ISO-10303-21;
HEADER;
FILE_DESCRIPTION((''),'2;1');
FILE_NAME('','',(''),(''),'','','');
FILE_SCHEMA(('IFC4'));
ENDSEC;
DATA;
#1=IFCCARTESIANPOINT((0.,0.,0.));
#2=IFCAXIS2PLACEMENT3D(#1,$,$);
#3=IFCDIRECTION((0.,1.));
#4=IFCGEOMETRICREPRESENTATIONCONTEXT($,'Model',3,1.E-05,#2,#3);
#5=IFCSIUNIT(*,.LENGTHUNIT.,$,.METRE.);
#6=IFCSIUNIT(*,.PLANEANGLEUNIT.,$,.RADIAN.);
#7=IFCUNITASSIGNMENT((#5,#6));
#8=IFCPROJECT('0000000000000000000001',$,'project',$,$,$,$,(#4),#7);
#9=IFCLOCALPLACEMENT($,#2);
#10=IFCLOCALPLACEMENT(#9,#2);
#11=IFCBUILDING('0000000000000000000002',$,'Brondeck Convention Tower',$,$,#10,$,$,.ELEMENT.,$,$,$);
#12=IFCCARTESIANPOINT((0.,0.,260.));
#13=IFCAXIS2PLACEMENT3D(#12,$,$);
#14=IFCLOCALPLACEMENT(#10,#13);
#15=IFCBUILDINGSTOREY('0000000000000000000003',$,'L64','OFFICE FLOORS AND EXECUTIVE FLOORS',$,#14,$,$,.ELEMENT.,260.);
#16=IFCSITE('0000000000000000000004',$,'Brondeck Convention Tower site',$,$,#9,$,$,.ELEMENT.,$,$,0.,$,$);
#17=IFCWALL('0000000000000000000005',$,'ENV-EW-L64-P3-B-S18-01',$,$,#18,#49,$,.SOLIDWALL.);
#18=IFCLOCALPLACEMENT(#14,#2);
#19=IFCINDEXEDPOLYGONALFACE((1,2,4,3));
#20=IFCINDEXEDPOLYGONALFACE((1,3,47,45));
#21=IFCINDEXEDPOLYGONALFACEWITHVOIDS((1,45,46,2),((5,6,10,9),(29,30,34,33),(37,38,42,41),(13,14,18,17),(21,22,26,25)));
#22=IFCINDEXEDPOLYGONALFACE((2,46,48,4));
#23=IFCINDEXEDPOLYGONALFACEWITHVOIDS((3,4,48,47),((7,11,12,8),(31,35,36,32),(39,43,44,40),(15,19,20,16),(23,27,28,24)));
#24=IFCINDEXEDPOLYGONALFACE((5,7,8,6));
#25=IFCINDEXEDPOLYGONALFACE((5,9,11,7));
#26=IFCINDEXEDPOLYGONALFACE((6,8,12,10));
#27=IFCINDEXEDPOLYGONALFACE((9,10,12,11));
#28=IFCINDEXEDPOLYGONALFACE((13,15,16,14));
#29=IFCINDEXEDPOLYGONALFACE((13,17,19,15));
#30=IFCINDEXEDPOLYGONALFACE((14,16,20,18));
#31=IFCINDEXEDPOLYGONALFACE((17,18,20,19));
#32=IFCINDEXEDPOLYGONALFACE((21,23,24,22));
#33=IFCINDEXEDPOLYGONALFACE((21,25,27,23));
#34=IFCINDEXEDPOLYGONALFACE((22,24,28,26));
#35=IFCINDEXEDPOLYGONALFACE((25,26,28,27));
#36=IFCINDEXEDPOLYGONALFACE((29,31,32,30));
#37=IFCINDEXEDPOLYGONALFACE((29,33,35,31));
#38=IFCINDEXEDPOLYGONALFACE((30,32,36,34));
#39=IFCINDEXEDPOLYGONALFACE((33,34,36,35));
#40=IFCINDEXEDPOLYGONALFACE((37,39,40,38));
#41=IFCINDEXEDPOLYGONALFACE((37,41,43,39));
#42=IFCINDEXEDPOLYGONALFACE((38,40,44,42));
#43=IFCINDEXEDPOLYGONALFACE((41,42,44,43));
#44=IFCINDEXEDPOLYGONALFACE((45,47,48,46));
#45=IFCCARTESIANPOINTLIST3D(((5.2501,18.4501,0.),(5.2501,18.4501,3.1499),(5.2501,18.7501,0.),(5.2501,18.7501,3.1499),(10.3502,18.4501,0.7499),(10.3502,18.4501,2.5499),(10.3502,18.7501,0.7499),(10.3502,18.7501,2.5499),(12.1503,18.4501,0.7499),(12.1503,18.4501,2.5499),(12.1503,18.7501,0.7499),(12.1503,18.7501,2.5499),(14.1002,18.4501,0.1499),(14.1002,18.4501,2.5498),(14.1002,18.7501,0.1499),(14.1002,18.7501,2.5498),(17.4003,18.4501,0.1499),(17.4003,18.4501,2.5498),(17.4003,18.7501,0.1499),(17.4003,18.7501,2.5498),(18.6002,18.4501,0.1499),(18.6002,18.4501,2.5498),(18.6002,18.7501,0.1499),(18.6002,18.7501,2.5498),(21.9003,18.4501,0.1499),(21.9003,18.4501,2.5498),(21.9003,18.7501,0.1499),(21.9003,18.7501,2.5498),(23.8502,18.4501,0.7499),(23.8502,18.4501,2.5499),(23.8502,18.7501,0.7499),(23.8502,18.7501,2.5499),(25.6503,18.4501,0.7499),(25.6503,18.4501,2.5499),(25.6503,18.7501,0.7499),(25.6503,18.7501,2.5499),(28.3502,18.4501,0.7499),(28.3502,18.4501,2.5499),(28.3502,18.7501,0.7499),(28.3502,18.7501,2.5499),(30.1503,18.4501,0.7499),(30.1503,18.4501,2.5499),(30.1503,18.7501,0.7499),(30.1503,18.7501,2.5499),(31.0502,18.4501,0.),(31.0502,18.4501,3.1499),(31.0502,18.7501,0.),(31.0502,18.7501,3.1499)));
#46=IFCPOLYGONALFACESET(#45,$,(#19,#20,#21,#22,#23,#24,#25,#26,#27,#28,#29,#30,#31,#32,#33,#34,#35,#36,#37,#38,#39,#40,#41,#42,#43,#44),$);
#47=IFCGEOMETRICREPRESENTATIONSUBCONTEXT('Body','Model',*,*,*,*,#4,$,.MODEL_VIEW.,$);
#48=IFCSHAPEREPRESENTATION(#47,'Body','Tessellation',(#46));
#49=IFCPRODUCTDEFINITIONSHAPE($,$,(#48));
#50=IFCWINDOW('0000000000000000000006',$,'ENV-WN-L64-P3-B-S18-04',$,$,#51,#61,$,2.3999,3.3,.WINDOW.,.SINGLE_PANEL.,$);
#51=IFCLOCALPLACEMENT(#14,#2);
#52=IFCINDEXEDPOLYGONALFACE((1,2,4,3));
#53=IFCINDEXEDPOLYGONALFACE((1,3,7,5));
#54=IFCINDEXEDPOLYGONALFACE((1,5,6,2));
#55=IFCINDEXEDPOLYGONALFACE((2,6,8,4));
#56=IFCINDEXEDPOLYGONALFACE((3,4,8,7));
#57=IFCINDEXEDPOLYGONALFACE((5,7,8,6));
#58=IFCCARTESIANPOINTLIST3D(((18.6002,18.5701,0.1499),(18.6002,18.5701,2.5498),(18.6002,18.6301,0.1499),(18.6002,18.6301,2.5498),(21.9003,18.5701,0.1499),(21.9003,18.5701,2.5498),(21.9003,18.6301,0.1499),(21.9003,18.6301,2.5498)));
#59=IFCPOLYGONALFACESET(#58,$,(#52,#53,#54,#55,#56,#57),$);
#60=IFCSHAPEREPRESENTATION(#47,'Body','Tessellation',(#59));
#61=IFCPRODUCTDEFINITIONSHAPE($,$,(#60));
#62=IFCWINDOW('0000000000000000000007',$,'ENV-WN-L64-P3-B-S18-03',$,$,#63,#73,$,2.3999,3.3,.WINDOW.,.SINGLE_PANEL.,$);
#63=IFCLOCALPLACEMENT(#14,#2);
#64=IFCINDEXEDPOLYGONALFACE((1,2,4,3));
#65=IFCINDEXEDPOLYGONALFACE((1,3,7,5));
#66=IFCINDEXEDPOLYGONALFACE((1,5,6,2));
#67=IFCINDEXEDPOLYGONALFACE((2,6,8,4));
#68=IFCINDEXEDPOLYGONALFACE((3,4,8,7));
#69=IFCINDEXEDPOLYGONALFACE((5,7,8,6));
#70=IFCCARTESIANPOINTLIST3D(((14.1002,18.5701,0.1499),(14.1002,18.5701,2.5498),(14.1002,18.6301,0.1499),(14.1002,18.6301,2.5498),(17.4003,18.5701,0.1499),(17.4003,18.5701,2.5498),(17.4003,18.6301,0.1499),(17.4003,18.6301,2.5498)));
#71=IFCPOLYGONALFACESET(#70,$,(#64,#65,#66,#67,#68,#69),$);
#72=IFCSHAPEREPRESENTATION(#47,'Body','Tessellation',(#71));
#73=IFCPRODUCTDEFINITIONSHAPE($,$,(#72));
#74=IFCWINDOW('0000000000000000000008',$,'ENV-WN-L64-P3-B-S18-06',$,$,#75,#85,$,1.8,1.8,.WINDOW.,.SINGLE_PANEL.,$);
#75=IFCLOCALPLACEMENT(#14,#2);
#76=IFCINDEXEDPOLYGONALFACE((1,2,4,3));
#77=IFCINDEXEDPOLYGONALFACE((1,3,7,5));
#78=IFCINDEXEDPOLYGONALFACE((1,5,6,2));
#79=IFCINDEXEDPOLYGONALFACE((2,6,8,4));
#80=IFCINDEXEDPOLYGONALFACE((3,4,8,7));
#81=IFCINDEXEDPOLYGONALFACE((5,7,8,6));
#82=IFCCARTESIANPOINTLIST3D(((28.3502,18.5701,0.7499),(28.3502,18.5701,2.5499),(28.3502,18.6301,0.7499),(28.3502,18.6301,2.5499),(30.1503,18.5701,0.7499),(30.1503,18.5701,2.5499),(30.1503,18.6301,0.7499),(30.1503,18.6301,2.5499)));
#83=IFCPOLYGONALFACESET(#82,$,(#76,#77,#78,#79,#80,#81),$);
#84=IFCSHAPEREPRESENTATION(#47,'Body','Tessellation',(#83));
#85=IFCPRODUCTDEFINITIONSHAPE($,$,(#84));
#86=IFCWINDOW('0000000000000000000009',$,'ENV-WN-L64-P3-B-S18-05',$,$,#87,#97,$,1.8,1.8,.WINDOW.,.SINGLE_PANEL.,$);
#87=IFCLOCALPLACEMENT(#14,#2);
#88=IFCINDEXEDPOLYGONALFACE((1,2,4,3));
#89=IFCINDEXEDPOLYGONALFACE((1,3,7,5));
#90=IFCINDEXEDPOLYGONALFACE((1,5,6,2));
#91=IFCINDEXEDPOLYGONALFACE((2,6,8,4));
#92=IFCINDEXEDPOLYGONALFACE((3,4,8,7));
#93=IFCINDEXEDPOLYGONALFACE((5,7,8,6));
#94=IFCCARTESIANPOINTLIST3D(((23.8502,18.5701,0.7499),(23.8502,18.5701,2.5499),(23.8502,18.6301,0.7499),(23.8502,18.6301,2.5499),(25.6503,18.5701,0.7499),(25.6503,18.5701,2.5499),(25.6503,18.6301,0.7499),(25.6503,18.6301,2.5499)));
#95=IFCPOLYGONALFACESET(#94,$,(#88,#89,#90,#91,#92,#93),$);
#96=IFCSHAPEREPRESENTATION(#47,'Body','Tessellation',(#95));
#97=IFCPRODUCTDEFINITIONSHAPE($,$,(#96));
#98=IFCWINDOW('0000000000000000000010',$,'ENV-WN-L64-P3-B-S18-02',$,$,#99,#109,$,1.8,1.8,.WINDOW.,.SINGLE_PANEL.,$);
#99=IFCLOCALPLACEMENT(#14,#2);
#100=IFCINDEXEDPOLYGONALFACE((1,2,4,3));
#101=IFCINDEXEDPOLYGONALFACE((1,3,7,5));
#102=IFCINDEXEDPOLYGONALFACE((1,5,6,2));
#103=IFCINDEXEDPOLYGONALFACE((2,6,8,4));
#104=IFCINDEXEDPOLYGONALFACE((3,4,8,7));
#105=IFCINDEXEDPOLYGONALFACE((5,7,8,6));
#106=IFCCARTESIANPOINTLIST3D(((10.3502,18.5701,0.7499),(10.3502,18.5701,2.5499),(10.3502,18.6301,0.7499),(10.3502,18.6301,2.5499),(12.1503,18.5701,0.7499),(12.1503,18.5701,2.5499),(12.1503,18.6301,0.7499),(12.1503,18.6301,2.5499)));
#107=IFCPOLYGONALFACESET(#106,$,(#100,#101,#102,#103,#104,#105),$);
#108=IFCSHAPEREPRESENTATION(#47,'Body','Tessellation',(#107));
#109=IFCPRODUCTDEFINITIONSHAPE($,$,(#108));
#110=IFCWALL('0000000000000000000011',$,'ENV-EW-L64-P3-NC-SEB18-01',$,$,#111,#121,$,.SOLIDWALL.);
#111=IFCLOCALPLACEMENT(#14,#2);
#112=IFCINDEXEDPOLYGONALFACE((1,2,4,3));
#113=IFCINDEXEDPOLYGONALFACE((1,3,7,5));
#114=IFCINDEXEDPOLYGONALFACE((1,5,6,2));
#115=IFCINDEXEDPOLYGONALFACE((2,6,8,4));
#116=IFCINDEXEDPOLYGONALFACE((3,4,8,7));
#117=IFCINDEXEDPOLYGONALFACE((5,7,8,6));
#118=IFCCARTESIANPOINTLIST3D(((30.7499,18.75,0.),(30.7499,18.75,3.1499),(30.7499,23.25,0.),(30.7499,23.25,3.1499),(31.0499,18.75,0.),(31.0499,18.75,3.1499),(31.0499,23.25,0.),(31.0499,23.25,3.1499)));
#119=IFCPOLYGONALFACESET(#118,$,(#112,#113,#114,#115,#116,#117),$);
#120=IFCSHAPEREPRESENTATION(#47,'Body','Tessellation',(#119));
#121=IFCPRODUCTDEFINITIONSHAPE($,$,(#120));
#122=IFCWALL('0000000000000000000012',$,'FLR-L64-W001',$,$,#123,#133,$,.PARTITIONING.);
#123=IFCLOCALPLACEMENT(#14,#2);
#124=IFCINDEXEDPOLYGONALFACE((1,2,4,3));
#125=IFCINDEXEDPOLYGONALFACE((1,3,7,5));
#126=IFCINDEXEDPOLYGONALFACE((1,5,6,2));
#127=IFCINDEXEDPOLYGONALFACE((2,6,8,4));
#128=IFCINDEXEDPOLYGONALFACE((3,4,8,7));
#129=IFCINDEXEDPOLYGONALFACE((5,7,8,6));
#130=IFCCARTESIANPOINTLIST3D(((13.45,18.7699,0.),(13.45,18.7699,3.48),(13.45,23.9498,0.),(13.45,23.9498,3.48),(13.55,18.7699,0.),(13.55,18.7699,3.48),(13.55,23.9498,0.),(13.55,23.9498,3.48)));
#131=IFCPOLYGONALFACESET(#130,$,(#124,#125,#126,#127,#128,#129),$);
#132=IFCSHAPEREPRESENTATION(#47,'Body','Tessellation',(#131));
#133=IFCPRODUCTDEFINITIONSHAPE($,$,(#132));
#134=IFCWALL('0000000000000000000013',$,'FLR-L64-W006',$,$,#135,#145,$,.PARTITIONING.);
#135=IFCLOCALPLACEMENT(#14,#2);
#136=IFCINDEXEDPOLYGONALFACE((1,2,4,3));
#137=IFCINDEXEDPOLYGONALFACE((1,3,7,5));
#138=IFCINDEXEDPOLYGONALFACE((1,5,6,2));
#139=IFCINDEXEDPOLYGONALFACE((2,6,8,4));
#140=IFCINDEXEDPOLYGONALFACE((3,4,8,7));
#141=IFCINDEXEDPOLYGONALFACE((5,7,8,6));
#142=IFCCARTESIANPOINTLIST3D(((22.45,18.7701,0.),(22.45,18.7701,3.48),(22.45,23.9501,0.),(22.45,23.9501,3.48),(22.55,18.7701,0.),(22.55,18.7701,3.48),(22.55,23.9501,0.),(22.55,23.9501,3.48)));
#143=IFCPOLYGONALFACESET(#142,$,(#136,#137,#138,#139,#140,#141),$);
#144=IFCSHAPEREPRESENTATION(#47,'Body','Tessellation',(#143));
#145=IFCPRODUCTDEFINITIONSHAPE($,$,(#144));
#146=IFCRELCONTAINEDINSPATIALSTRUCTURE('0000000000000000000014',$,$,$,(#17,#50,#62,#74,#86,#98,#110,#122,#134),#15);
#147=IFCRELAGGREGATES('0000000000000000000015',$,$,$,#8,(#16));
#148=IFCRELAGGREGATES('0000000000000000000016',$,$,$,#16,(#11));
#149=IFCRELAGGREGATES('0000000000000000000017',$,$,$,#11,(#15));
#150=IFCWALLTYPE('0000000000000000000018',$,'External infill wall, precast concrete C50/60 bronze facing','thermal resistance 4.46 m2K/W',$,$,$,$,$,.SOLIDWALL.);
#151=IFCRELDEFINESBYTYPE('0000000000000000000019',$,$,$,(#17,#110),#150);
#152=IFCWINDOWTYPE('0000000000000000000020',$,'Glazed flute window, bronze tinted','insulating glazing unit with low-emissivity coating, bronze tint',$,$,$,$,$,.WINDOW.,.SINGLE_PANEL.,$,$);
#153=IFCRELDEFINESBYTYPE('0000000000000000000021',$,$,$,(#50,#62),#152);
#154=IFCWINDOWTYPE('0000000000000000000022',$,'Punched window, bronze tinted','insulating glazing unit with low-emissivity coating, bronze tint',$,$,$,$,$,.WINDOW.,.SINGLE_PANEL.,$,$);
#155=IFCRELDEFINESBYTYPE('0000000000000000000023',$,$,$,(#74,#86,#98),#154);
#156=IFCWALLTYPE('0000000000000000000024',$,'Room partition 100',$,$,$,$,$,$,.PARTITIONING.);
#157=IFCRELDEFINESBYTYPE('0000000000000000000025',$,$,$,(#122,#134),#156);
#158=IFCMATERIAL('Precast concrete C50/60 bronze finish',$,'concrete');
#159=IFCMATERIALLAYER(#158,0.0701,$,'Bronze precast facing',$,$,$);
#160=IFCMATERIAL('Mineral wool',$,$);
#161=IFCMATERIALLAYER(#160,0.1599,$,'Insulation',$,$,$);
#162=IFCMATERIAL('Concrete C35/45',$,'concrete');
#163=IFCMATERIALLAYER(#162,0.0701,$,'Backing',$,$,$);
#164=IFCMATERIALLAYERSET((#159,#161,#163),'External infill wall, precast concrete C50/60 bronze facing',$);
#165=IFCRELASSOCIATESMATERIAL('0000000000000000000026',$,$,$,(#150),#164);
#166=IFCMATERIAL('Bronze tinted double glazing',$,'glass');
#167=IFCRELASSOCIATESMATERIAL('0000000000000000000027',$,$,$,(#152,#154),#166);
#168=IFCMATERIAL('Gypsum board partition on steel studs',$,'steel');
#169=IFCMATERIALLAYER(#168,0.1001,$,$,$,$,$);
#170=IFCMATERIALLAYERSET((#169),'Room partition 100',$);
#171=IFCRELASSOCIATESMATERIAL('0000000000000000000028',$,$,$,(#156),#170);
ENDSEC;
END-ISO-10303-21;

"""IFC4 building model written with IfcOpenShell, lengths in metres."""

from ifc_helpers import new_model, si_unit, direction, frame, frame_2d, origin, place, context, subcontext, project, spatial, rectangle, extrude, material, layer, layer_set, type_object, element, fill, save


model = new_model("IFC4")

# Units and contexts
model_context = context("Model", 3, precision=1e-05, world=origin(), true_north=direction((0.0, 1.0)))
body_context = subcontext(model_context, "Body", "Model", "MODEL_VIEW")
ifc_project = project(units=[si_unit("LENGTHUNIT", "METRE"), si_unit("PLANEANGLEUNIT", "RADIAN")], contexts=[model_context])

# Site, building, storey
site_placement = place(None, origin())
site = spatial("IfcSite", under=ifc_project, at=site_placement, Name="Brondeck Convention Tower site", CompositionType="ELEMENT", RefElevation=0.0)
building_placement = place(site_placement, origin())
building = spatial("IfcBuilding", under=site, at=building_placement, Name="Brondeck Convention Tower", CompositionType="ELEMENT")
storey_placement = place(building_placement, frame((0.0, 0.0, 260.0)))
storey = spatial("IfcBuildingStorey", under=building, at=storey_placement, Name="L64", Description="OFFICE FLOORS AND EXECUTIVE FLOORS", CompositionType="ELEMENT", Elevation=260.0)

# Wall, openings, windows
ifc_material_1 = material(Name="Precast concrete C50/60 bronze finish", Category="concrete")
ifc_layer_1 = layer(ifc_material_1, 0.0701, Name="Bronze precast facing")
ifc_material_2 = material(Name="Mineral wool")
ifc_layer_2 = layer(ifc_material_2, 0.1599, Name="Insulation")
ifc_material_3 = material(Name="Concrete C35/45", Category="concrete")
ifc_layer_3 = layer(ifc_material_3, 0.0701, Name="Backing")
ifc_layer_set_1 = layer_set([ifc_layer_1, ifc_layer_2, ifc_layer_3], Name="External infill wall, precast concrete C50/60 bronze facing")
wall_type_1 = type_object("IfcWallType", Name="External infill wall, precast concrete C50/60 bronze facing", Description="thermal resistance 4.46 m2K/W", PredefinedType="SOLIDWALL", material=ifc_layer_set_1)
wall_1_placement = place(storey_placement, frame((31.05, 18.6001, 0.0), z_axis=(0.0, 0.0, 1.0), x_axis=(-1.0, 0.0, 0.0)))
wall_1 = element("IfcWall", 1, at=wall_1_placement, inside=storey, type_object=wall_type_1, Name="ENV-EW-L64-P3-B-S18-01", PredefinedType="SOLIDWALL", context=body_context, shape_type="SweptSolid", body=[
    extrude(rectangle(XDim=25.8, YDim=0.3, at=frame_2d((12.8999, 0.0))), origin(), (0.0, 0.0, 1.0), 3.1499),
])
opening_1_placement = place(wall_1_placement, frame((0.8999, 0.0, 0.75)))
opening_1 = element("IfcOpeningElement", 2, at=opening_1_placement, cuts=wall_1, PredefinedType="OPENING", context=body_context, shape_type="SweptSolid", body=[
    extrude(rectangle(XDim=1.8, YDim=1.8, at=frame_2d((0.8999, 0.8999))), frame((0.0, 0.1599, 0.0), z_axis=(0.0, -1.0, 0.0), x_axis=(1.0, 0.0, 0.0)), (0.0, 0.0, 1.0), 0.3201),
])
opening_2_placement = place(wall_1_placement, frame((5.3999, 0.0, 0.75)))
opening_2 = element("IfcOpeningElement", 3, at=opening_2_placement, cuts=wall_1, PredefinedType="OPENING", context=body_context, shape_type="SweptSolid", body=[
    extrude(rectangle(XDim=1.8, YDim=1.8, at=frame_2d((0.8999, 0.8999))), frame((0.0, 0.1599, 0.0), z_axis=(0.0, -1.0, 0.0), x_axis=(1.0, 0.0, 0.0)), (0.0, 0.0, 1.0), 0.3201),
])
opening_3_placement = place(wall_1_placement, frame((9.1499, 0.0, 0.1499)))
opening_3 = element("IfcOpeningElement", 4, at=opening_3_placement, cuts=wall_1, PredefinedType="OPENING", context=body_context, shape_type="SweptSolid", body=[
    extrude(rectangle(XDim=3.3, YDim=2.3999, at=frame_2d((1.6499, 1.2))), frame((0.0, 0.1599, 0.0), z_axis=(0.0, -1.0, 0.0), x_axis=(1.0, 0.0, 0.0)), (0.0, 0.0, 1.0), 0.3201),
])
opening_4_placement = place(wall_1_placement, frame((13.6499, 0.0, 0.1499)))
opening_4 = element("IfcOpeningElement", 5, at=opening_4_placement, cuts=wall_1, PredefinedType="OPENING", context=body_context, shape_type="SweptSolid", body=[
    extrude(rectangle(XDim=3.3, YDim=2.3999, at=frame_2d((1.6499, 1.2))), frame((0.0, 0.1599, 0.0), z_axis=(0.0, -1.0, 0.0), x_axis=(1.0, 0.0, 0.0)), (0.0, 0.0, 1.0), 0.3201),
])
opening_5_placement = place(wall_1_placement, frame((18.8999, 0.0, 0.75)))
opening_5 = element("IfcOpeningElement", 6, at=opening_5_placement, cuts=wall_1, PredefinedType="OPENING", context=body_context, shape_type="SweptSolid", body=[
    extrude(rectangle(XDim=1.8, YDim=1.8, at=frame_2d((0.8999, 0.8999))), frame((0.0, 0.1599, 0.0), z_axis=(0.0, -1.0, 0.0), x_axis=(1.0, 0.0, 0.0)), (0.0, 0.0, 1.0), 0.3201),
])
ifc_material_4 = material(Name="Bronze tinted double glazing", Category="glass")
window_type_1 = type_object("IfcWindowType", Name="Glazed flute window, bronze tinted", Description="insulating glazing unit with low-emissivity coating, bronze tint", PartitioningType="SINGLE_PANEL", PredefinedType="WINDOW", material=ifc_material_4)
window_1_placement = place(opening_3_placement, origin())
window_1 = element("IfcWindow", 7, at=window_1_placement, inside=storey, type_object=window_type_1, Name="ENV-WN-L64-P3-B-S18-04", OverallHeight=2.3999, OverallWidth=3.3, PartitioningType="SINGLE_PANEL", PredefinedType="WINDOW", context=body_context, shape_type="SweptSolid", body=[
    extrude(rectangle(XDim=3.3, YDim=2.3999, at=frame_2d((1.6499, 1.2))), frame((0.0, 0.03, 0.0), z_axis=(0.0, -1.0, 0.0), x_axis=(1.0, 0.0, 0.0)), (0.0, 0.0, 1.0), 0.0601),
])
fill(opening_3, window_1)
window_2_placement = place(opening_4_placement, origin())
window_2 = element("IfcWindow", 8, at=window_2_placement, inside=storey, type_object=window_type_1, Name="ENV-WN-L64-P3-B-S18-03", OverallHeight=2.3999, OverallWidth=3.3, PartitioningType="SINGLE_PANEL", PredefinedType="WINDOW", context=body_context, shape_type="SweptSolid", body=[
    extrude(rectangle(XDim=3.3, YDim=2.3999, at=frame_2d((1.6499, 1.2))), frame((0.0, 0.03, 0.0), z_axis=(0.0, -1.0, 0.0), x_axis=(1.0, 0.0, 0.0)), (0.0, 0.0, 1.0), 0.0601),
])
fill(opening_4, window_2)
window_type_2 = type_object("IfcWindowType", Name="Punched window, bronze tinted", Description="insulating glazing unit with low-emissivity coating, bronze tint", PartitioningType="SINGLE_PANEL", PredefinedType="WINDOW", material=ifc_material_4)
window_3_placement = place(opening_1_placement, origin())
window_3 = element("IfcWindow", 9, at=window_3_placement, inside=storey, type_object=window_type_2, Name="ENV-WN-L64-P3-B-S18-06", OverallHeight=1.8, OverallWidth=1.8, PartitioningType="SINGLE_PANEL", PredefinedType="WINDOW", context=body_context, shape_type="SweptSolid", body=[
    extrude(rectangle(XDim=1.8, YDim=1.8, at=frame_2d((0.8999, 0.8999))), frame((0.0, 0.03, 0.0), z_axis=(0.0, -1.0, 0.0), x_axis=(1.0, 0.0, 0.0)), (0.0, 0.0, 1.0), 0.0601),
])
fill(opening_1, window_3)
window_4_placement = place(opening_2_placement, origin())
window_4 = element("IfcWindow", 10, at=window_4_placement, inside=storey, type_object=window_type_2, Name="ENV-WN-L64-P3-B-S18-05", OverallHeight=1.8, OverallWidth=1.8, PartitioningType="SINGLE_PANEL", PredefinedType="WINDOW", context=body_context, shape_type="SweptSolid", body=[
    extrude(rectangle(XDim=1.8, YDim=1.8, at=frame_2d((0.8999, 0.8999))), frame((0.0, 0.03, 0.0), z_axis=(0.0, -1.0, 0.0), x_axis=(1.0, 0.0, 0.0)), (0.0, 0.0, 1.0), 0.0601),
])
fill(opening_2, window_4)
window_5_placement = place(opening_5_placement, origin())
window_5 = element("IfcWindow", 11, at=window_5_placement, inside=storey, type_object=window_type_2, Name="ENV-WN-L64-P3-B-S18-02", OverallHeight=1.8, OverallWidth=1.8, PartitioningType="SINGLE_PANEL", PredefinedType="WINDOW", context=body_context, shape_type="SweptSolid", body=[
    extrude(rectangle(XDim=1.8, YDim=1.8, at=frame_2d((0.8999, 0.8999))), frame((0.0, 0.03, 0.0), z_axis=(0.0, -1.0, 0.0), x_axis=(1.0, 0.0, 0.0)), (0.0, 0.0, 1.0), 0.0601),
])
fill(opening_5, window_5)

# Walls
wall_2_placement = place(storey_placement, frame((30.8999, 23.25, 0.0), z_axis=(0.0, 0.0, 1.0), x_axis=(0.0, -1.0, 0.0)))
element("IfcWall", 12, at=wall_2_placement, inside=storey, type_object=wall_type_1, Name="ENV-EW-L64-P3-NC-SEB18-01", PredefinedType="SOLIDWALL", context=body_context, shape_type="SweptSolid", body=[
    extrude(rectangle(XDim=4.5, YDim=0.3, at=frame_2d((2.25, 0.0))), origin(), (0.0, 0.0, 1.0), 3.1499),
])
ifc_material_5 = material(Name="Gypsum board partition on steel studs", Category="steel")
ifc_layer_4 = layer(ifc_material_5, 0.1001)
ifc_layer_set_2 = layer_set([ifc_layer_4], Name="Room partition 100")
wall_type_2 = type_object("IfcWallType", Name="Room partition 100", PredefinedType="PARTITIONING", material=ifc_layer_set_2)
for number, where, z_axis, x_axis, name in (
    (13, (13.5, 18.77, 0.0), (0.0, 0.0, 1.0), (0.0, 1.0, 0.0), "FLR-L64-W001"),
    (14, (22.5, 23.95, 0.0), (0.0, 0.0, 1.0), (0.0, -1.0, 0.0), "FLR-L64-W006"),
):
    element("IfcWall", number, at=place(storey_placement, frame(where, z_axis=z_axis, x_axis=x_axis)), inside=storey, type_object=wall_type_2, Name=name, PredefinedType="PARTITIONING", context=body_context, shape_type="SweptSolid", body=[
        extrude(rectangle(XDim=5.1799, YDim=0.1001, at=frame_2d((2.5898, 0.0))), origin(), (0.0, 0.0, 1.0), 3.48),
    ])

save(model, "model.ifc")
